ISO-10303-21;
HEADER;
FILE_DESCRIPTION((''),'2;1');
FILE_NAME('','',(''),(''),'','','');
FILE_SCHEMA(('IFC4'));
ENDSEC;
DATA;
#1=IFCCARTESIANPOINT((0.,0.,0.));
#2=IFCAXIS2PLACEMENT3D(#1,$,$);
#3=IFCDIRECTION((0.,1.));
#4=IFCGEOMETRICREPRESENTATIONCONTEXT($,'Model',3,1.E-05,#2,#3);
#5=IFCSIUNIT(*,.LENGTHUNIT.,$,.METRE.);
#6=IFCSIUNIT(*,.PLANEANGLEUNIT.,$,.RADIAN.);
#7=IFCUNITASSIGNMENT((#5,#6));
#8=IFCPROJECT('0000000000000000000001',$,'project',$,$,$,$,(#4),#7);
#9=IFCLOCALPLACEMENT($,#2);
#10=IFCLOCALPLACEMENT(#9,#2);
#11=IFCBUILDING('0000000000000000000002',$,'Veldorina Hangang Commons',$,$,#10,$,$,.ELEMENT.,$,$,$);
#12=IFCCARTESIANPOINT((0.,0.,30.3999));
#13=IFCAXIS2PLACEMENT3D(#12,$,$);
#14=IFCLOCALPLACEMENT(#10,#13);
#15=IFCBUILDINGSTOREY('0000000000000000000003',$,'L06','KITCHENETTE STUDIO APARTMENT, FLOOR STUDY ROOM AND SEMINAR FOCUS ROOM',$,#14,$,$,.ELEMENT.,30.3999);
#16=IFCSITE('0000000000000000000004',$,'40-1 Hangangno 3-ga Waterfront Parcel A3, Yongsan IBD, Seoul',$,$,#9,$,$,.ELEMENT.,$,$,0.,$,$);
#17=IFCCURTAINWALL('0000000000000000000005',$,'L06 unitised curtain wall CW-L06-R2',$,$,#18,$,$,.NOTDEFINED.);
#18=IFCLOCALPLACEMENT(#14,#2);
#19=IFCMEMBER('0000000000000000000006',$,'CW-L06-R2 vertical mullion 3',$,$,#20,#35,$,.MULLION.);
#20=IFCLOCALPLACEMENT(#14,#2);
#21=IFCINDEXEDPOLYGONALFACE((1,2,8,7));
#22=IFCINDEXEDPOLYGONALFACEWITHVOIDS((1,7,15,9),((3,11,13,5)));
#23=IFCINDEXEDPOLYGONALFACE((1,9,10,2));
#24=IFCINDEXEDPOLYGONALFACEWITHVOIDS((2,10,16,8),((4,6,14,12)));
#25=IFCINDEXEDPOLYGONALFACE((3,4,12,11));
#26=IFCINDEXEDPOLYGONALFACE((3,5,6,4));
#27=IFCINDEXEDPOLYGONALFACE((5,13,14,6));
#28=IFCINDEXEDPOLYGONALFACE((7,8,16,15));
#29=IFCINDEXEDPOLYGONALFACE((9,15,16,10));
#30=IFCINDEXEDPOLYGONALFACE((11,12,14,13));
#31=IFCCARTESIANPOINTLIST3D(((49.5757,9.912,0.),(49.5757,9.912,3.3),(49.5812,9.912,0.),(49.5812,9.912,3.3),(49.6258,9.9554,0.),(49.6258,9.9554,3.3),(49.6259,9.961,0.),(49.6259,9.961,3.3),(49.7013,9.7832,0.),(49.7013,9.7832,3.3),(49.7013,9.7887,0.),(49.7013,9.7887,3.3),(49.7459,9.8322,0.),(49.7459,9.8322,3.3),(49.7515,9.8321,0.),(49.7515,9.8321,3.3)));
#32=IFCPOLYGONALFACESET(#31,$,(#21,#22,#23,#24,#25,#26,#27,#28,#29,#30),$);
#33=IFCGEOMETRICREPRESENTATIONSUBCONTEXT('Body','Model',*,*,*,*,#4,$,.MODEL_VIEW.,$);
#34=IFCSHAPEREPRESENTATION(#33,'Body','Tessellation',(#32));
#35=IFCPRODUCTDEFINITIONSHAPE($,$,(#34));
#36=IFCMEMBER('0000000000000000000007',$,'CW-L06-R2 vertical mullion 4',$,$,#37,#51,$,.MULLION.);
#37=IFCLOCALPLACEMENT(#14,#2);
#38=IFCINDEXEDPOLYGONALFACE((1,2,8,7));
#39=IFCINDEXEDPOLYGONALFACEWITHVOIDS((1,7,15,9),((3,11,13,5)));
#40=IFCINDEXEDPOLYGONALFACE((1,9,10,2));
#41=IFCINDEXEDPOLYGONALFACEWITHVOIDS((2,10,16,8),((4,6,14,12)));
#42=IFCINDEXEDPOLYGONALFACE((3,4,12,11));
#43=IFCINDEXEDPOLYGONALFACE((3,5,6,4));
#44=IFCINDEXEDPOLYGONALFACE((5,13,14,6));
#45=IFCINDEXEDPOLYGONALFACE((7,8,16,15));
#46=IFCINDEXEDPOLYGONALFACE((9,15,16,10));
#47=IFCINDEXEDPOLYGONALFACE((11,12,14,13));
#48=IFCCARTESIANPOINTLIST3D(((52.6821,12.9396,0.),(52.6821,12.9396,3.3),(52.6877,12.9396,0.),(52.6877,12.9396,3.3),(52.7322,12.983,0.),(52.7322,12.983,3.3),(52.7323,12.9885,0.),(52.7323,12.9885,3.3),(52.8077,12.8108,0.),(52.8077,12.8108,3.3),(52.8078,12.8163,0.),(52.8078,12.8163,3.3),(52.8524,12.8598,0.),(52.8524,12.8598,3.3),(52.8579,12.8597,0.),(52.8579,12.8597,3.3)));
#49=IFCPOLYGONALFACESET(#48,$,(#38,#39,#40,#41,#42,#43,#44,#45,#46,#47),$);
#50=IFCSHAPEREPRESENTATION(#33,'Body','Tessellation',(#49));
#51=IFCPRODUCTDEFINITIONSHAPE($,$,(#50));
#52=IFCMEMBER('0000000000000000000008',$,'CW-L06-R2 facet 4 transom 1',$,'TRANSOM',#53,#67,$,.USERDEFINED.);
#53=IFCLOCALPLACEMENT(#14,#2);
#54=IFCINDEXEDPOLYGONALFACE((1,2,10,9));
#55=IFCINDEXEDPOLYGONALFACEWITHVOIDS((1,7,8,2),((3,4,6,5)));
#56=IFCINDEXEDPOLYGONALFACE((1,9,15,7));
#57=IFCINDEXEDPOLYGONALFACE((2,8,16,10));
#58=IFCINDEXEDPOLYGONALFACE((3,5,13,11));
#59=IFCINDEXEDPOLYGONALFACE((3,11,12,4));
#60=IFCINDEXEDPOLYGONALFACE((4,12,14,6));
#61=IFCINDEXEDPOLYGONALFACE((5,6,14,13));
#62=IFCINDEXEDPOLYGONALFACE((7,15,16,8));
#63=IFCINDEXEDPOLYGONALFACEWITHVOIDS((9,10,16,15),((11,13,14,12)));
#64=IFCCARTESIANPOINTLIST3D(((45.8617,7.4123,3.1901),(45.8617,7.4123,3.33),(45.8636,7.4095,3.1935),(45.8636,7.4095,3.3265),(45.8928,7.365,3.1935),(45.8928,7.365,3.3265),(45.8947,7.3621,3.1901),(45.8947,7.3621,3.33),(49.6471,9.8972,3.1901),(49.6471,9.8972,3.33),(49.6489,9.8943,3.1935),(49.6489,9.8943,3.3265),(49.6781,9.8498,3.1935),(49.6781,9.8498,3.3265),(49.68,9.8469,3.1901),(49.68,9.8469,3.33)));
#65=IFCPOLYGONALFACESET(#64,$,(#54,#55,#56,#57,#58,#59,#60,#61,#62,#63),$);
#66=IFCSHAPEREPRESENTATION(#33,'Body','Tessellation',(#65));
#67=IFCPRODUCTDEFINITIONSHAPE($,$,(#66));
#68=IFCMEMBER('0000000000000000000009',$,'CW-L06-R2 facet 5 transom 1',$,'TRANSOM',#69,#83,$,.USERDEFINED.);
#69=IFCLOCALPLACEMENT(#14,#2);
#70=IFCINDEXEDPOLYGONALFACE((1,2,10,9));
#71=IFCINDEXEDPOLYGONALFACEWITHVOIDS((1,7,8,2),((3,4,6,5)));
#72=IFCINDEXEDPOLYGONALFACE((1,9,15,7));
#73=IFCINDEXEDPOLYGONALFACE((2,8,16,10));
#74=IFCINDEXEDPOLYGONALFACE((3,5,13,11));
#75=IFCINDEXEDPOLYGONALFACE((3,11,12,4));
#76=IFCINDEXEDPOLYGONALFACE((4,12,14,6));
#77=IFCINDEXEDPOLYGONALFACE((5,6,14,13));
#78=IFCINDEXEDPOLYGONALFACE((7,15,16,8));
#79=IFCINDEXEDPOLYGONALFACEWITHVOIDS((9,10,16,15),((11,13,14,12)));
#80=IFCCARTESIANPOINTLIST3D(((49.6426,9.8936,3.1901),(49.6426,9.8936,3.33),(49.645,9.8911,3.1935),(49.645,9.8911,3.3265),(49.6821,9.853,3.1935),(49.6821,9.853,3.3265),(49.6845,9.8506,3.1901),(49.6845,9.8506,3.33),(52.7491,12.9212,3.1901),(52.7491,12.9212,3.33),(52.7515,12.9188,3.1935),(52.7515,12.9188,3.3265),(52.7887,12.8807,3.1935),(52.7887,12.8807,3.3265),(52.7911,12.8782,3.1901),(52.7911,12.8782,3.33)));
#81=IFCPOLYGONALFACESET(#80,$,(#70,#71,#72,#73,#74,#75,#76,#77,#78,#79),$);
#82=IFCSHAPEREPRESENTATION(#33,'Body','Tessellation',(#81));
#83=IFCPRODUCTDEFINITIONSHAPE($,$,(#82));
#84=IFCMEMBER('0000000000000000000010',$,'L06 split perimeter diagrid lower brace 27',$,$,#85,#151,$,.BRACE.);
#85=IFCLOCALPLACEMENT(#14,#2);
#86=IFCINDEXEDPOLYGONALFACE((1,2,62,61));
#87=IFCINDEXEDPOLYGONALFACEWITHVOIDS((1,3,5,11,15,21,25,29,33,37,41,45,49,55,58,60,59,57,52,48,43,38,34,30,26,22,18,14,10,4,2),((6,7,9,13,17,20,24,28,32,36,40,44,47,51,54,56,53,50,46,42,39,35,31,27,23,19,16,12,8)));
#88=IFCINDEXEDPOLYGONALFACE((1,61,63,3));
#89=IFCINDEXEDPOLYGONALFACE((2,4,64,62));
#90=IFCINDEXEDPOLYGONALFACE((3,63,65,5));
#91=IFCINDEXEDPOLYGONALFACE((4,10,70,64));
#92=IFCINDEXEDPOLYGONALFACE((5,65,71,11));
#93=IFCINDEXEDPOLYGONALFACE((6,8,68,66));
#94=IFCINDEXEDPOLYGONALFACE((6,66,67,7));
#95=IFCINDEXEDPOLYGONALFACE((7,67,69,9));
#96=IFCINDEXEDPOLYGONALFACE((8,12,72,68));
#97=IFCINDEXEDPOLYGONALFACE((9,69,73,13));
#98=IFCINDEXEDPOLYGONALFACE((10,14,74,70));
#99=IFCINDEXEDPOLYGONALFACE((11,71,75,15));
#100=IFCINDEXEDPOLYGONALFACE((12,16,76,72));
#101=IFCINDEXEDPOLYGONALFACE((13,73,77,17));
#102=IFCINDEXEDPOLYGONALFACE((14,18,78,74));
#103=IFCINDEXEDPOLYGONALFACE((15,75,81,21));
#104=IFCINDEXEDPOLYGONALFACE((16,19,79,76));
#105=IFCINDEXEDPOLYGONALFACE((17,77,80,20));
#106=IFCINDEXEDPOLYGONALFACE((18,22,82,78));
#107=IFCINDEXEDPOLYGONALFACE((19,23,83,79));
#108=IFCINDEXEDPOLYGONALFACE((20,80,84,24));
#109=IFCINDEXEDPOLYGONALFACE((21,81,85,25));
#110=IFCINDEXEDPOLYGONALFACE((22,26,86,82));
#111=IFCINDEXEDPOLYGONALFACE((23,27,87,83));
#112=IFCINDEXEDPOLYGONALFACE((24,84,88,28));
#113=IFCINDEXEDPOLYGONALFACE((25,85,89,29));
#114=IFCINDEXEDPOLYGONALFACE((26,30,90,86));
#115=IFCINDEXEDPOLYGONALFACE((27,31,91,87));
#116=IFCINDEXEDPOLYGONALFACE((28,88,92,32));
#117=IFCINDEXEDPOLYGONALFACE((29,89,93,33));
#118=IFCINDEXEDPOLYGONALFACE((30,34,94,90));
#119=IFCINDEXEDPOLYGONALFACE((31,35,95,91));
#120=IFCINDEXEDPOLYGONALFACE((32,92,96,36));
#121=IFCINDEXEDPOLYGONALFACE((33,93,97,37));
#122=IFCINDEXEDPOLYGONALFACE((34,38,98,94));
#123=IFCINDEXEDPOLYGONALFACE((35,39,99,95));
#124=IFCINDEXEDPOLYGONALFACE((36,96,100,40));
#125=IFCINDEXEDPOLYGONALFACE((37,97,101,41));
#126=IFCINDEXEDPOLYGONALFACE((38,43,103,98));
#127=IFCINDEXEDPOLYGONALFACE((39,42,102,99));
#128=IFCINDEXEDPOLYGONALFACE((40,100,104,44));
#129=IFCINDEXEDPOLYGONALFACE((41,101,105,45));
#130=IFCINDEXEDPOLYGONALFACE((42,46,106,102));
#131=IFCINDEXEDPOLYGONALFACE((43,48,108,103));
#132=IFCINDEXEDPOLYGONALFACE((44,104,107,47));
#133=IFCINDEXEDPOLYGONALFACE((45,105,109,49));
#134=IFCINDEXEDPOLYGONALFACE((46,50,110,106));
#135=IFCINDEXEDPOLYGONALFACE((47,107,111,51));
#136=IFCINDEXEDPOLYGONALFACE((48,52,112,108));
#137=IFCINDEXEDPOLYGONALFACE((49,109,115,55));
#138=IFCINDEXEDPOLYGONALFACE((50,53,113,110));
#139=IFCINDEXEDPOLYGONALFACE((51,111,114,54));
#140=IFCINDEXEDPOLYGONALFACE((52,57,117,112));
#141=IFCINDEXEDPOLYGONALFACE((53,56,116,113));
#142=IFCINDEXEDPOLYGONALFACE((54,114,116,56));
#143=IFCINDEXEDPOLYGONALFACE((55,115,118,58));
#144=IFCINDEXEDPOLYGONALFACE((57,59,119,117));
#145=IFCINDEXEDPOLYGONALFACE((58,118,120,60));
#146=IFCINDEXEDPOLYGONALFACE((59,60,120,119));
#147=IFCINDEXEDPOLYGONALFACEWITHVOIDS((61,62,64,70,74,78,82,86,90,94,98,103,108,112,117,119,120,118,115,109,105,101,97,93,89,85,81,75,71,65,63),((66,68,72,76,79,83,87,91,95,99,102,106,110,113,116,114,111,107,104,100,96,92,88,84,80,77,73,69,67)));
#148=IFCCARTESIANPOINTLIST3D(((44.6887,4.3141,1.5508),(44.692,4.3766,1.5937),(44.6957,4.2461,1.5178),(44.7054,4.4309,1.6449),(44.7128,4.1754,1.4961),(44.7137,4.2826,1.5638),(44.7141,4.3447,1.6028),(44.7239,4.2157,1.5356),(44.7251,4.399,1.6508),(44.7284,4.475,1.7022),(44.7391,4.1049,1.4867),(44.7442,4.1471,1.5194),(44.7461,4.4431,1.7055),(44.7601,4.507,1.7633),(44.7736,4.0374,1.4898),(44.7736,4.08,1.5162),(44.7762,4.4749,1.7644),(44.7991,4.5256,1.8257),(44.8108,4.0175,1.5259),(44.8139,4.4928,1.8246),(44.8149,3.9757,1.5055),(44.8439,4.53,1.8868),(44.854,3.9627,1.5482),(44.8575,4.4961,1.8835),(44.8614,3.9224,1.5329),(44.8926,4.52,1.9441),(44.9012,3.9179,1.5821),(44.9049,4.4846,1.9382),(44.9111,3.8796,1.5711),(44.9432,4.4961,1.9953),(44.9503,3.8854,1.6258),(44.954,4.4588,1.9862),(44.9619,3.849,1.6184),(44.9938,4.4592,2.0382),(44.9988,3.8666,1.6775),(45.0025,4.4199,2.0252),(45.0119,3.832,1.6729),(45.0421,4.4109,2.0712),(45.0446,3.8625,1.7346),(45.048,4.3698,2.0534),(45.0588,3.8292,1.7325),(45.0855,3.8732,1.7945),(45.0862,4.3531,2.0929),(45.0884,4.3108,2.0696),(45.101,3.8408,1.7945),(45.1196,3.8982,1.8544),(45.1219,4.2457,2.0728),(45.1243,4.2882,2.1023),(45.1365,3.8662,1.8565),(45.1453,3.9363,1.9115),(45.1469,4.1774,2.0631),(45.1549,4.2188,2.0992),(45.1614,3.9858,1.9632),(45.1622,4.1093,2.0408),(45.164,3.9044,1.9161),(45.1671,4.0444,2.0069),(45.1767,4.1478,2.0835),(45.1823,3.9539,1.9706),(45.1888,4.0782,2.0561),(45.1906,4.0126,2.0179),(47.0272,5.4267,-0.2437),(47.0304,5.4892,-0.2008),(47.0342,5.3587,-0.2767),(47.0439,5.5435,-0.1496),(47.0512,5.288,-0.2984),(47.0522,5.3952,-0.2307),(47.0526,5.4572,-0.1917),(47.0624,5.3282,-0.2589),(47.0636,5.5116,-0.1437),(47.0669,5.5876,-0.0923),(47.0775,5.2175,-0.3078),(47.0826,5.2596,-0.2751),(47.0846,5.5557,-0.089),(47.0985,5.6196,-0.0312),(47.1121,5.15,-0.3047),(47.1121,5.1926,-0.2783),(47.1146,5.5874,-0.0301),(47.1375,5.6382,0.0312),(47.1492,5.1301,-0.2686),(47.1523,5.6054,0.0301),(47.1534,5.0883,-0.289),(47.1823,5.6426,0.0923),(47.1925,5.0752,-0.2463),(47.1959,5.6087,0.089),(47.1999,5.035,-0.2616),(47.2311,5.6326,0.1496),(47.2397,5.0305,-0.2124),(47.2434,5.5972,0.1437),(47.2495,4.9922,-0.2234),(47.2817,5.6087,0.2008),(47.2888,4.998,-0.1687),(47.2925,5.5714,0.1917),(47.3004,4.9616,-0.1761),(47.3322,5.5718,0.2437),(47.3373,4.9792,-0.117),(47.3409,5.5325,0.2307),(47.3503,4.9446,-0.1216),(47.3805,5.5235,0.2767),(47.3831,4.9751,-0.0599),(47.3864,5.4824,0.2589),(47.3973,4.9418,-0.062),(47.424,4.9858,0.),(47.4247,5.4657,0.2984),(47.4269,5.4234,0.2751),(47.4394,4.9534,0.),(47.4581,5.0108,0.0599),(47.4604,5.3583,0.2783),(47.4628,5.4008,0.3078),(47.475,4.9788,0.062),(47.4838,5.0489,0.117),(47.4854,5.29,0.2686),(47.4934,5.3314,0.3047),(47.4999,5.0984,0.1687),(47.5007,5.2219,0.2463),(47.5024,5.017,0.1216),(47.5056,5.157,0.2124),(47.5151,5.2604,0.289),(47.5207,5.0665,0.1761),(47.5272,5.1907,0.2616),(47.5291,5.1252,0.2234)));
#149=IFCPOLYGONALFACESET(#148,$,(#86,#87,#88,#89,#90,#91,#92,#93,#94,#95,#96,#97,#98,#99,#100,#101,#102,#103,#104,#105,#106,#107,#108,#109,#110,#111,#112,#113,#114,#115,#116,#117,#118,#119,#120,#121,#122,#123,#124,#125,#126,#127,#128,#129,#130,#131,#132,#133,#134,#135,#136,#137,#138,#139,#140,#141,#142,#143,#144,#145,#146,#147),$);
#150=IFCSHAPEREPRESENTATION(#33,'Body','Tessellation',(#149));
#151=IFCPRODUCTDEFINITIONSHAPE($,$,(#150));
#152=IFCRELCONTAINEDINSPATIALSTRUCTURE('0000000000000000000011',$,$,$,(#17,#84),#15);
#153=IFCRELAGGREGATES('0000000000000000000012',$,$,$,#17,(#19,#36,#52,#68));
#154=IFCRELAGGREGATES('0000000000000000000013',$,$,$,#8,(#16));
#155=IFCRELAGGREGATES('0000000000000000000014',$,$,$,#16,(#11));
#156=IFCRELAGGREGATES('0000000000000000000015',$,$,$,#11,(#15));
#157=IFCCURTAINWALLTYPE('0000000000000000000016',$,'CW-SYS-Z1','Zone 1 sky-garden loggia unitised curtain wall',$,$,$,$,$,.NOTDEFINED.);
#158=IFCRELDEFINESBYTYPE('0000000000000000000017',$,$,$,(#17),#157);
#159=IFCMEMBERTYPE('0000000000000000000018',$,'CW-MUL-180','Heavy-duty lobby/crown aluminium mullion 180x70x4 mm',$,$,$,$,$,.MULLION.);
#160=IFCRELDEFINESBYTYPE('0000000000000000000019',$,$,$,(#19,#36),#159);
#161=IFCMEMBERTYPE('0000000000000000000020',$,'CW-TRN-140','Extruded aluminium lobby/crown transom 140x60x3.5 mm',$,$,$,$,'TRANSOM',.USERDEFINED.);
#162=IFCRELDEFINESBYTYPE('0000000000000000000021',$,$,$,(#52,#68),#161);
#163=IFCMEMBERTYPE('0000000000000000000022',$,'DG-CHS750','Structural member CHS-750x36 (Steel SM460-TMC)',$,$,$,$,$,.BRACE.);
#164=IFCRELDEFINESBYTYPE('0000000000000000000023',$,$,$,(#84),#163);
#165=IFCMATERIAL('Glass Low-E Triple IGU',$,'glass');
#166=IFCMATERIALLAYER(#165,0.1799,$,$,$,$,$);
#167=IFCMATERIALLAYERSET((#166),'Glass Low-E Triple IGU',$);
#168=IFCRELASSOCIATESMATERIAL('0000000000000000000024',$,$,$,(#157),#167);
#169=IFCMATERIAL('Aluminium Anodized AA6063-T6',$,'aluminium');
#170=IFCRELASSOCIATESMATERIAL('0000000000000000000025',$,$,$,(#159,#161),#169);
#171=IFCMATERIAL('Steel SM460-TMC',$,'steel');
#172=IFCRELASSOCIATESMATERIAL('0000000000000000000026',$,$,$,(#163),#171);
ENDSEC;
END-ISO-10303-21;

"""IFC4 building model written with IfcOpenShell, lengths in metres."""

from ifc_helpers import new_model, si_unit, direction, frame, origin, origin_2d, place, context, subcontext, project, spatial, hollow_rectangle, hollow_circle, extrude, material, layer, layer_set, material_profile, profile_set, type_object, element, aggregate, save


model = new_model("IFC4")

# Units and contexts
model_context = context("Model", 3, precision=1e-05, world=origin(), true_north=direction((0.0, 1.0)))
body_context = subcontext(model_context, "Body", "Model", "MODEL_VIEW")
ifc_project = project(units=[si_unit("LENGTHUNIT", "METRE"), si_unit("PLANEANGLEUNIT", "RADIAN")], contexts=[model_context])

# Site, building, storey
site_placement = place(None, origin())
site = spatial("IfcSite", under=ifc_project, at=site_placement, Name="40-1 Hangangno 3-ga Waterfront Parcel A3, Yongsan IBD, Seoul", CompositionType="ELEMENT", RefElevation=0.0)
building_placement = place(site_placement, origin())
building = spatial("IfcBuilding", under=site, at=building_placement, Name="Veldorina Hangang Commons", CompositionType="ELEMENT")
storey_placement = place(building_placement, frame((0.0, 0.0, 30.3999)))
storey = spatial("IfcBuildingStorey", under=building, at=storey_placement, Name="L06", Description="KITCHENETTE STUDIO APARTMENT, FLOOR STUDY ROOM AND SEMINAR FOCUS ROOM", CompositionType="ELEMENT", Elevation=30.3999)

# Shared definitions
ifc_material_1 = material(Name="Steel SM460-TMC", Category="steel")

# Curtain wall, members
ifc_material_2 = material(Name="Glass Low-E Triple IGU", Category="glass")
ifc_layer_1 = layer(ifc_material_2, 0.1799)
ifc_layer_set_1 = layer_set([ifc_layer_1], Name="Glass Low-E Triple IGU")
curtain_wall_type = type_object("IfcCurtainWallType", Name="CW-SYS-Z1", Description="Zone 1 sky-garden loggia unitised curtain wall", PredefinedType="NOTDEFINED", material=ifc_layer_set_1)
curtain_wall_placement = place(storey_placement, origin())
curtain_wall = element("IfcCurtainWall", 1, at=curtain_wall_placement, inside=storey, type_object=curtain_wall_type, Name="L06 unitised curtain wall CW-L06-R2", PredefinedType="NOTDEFINED")
ifc_material_3 = material(Name="Aluminium Anodized AA6063-T6", Category="aluminium")
ifc_material_profile_1 = material_profile(ifc_material_3, hollow_rectangle(XDim=0.0701, YDim=0.1799, WallThickness=0.0039, at=origin_2d()), Name="ALU-RHS-180x70x4")
ifc_profile_set_1 = profile_set([ifc_material_profile_1], Name="Aluminium Anodized AA6063-T6")
member_type_1 = type_object("IfcMemberType", Name="CW-MUL-180", Description="Heavy-duty lobby/crown aluminium mullion 180x70x4 mm", PredefinedType="MULLION", material=ifc_profile_set_1)
member_1_placement = place(storey_placement, frame((49.6636, 9.8721, 0.0), z_axis=(0.0, 0.0, 1.0), x_axis=(0.716144, 0.697953, 0.0)))
member_1 = element("IfcMember", 2, at=member_1_placement, type_object=member_type_1, Name="CW-L06-R2 vertical mullion 3", PredefinedType="MULLION", context=body_context, shape_type="SweptSolid", body=[
    extrude(hollow_rectangle(XDim=0.0701, YDim=0.1799, WallThickness=0.0039, at=origin_2d()), origin(), (0.0, 0.0, 1.0), 3.3),
])
member_2_placement = place(storey_placement, frame((52.77, 12.8997, 0.0), z_axis=(0.0, 0.0, 1.0), x_axis=(-0.716144, -0.697953, 0.0)))
member_2 = element("IfcMember", 3, at=member_2_placement, type_object=member_type_1, Name="CW-L06-R2 vertical mullion 4", PredefinedType="MULLION", context=body_context, shape_type="SweptSolid", body=[
    extrude(hollow_rectangle(XDim=0.0701, YDim=0.1799, WallThickness=0.0039, at=origin_2d()), origin(), (0.0, 0.0, 1.0), 3.3),
])
ifc_material_profile_2 = material_profile(ifc_material_3, hollow_rectangle(XDim=0.0601, YDim=0.1399, WallThickness=0.0034, at=origin_2d()), Name="ALU-RHS-140x60x3.5")
ifc_profile_set_2 = profile_set([ifc_material_profile_2], Name="Aluminium Anodized AA6063-T6")
member_type_2 = type_object("IfcMemberType", Name="CW-TRN-140", Description="Extruded aluminium lobby/crown transom 140x60x3.5 mm", ElementType="TRANSOM", PredefinedType="USERDEFINED", material=ifc_profile_set_2)
member_3_placement = place(storey_placement, frame((45.8782, 7.3872, 3.26), z_axis=(0.835978, 0.548764, 0.0), x_axis=(-0.548764, 0.835978, 0.0)))
member_3 = element("IfcMember", 4, at=member_3_placement, type_object=member_type_2, Name="CW-L06-R2 facet 4 transom 1", ObjectType="TRANSOM", PredefinedType="USERDEFINED", context=body_context, shape_type="SweptSolid", body=[
    extrude(hollow_rectangle(XDim=0.0601, YDim=0.1399, WallThickness=0.0034, at=origin_2d()), origin(), (0.0, 0.0, 1.0), 4.5281),
])
member_4_placement = place(storey_placement, frame((49.6636, 9.8721, 3.26), z_axis=(0.716138, 0.697959, 0.0), x_axis=(-0.697959, 0.716138, 0.0)))
member_4 = element("IfcMember", 5, at=member_4_placement, type_object=member_type_2, Name="CW-L06-R2 facet 5 transom 1", ObjectType="TRANSOM", PredefinedType="USERDEFINED", context=body_context, shape_type="SweptSolid", body=[
    extrude(hollow_rectangle(XDim=0.0601, YDim=0.1399, WallThickness=0.0034, at=origin_2d()), origin(), (0.0, 0.0, 1.0), 4.3379),
])

# Member
ifc_material_profile_3 = material_profile(ifc_material_1, hollow_circle(Radius=0.375, WallThickness=0.0359, at=origin_2d()), Name="CHS-750x36")
ifc_profile_set_3 = profile_set([ifc_material_profile_3], Name="Steel SM460-TMC")
member_type_3 = type_object("IfcMemberType", Name="DG-CHS750", Description="Structural member CHS-750x36 (Steel SM460-TMC)", PredefinedType="BRACE", material=ifc_profile_set_3)
member_5_placement = place(storey_placement, frame((47.2783, 5.292, 0.0), z_axis=(-0.74222, -0.353132, 0.569568), x_axis=(0.42963, -0.903005, 0.0)))
element("IfcMember", 6, at=member_5_placement, inside=storey, type_object=member_type_3, Name="L06 split perimeter diagrid lower brace 27", PredefinedType="BRACE", context=body_context, shape_type="SweptSolid", body=[
    extrude(hollow_circle(Radius=0.375, WallThickness=0.0359, at=origin_2d()), origin(), (0.0, 0.0, 1.0), 3.1506),
])

aggregate(curtain_wall, [member_1, member_2, member_3, member_4])

save(model, "model.ifc")
